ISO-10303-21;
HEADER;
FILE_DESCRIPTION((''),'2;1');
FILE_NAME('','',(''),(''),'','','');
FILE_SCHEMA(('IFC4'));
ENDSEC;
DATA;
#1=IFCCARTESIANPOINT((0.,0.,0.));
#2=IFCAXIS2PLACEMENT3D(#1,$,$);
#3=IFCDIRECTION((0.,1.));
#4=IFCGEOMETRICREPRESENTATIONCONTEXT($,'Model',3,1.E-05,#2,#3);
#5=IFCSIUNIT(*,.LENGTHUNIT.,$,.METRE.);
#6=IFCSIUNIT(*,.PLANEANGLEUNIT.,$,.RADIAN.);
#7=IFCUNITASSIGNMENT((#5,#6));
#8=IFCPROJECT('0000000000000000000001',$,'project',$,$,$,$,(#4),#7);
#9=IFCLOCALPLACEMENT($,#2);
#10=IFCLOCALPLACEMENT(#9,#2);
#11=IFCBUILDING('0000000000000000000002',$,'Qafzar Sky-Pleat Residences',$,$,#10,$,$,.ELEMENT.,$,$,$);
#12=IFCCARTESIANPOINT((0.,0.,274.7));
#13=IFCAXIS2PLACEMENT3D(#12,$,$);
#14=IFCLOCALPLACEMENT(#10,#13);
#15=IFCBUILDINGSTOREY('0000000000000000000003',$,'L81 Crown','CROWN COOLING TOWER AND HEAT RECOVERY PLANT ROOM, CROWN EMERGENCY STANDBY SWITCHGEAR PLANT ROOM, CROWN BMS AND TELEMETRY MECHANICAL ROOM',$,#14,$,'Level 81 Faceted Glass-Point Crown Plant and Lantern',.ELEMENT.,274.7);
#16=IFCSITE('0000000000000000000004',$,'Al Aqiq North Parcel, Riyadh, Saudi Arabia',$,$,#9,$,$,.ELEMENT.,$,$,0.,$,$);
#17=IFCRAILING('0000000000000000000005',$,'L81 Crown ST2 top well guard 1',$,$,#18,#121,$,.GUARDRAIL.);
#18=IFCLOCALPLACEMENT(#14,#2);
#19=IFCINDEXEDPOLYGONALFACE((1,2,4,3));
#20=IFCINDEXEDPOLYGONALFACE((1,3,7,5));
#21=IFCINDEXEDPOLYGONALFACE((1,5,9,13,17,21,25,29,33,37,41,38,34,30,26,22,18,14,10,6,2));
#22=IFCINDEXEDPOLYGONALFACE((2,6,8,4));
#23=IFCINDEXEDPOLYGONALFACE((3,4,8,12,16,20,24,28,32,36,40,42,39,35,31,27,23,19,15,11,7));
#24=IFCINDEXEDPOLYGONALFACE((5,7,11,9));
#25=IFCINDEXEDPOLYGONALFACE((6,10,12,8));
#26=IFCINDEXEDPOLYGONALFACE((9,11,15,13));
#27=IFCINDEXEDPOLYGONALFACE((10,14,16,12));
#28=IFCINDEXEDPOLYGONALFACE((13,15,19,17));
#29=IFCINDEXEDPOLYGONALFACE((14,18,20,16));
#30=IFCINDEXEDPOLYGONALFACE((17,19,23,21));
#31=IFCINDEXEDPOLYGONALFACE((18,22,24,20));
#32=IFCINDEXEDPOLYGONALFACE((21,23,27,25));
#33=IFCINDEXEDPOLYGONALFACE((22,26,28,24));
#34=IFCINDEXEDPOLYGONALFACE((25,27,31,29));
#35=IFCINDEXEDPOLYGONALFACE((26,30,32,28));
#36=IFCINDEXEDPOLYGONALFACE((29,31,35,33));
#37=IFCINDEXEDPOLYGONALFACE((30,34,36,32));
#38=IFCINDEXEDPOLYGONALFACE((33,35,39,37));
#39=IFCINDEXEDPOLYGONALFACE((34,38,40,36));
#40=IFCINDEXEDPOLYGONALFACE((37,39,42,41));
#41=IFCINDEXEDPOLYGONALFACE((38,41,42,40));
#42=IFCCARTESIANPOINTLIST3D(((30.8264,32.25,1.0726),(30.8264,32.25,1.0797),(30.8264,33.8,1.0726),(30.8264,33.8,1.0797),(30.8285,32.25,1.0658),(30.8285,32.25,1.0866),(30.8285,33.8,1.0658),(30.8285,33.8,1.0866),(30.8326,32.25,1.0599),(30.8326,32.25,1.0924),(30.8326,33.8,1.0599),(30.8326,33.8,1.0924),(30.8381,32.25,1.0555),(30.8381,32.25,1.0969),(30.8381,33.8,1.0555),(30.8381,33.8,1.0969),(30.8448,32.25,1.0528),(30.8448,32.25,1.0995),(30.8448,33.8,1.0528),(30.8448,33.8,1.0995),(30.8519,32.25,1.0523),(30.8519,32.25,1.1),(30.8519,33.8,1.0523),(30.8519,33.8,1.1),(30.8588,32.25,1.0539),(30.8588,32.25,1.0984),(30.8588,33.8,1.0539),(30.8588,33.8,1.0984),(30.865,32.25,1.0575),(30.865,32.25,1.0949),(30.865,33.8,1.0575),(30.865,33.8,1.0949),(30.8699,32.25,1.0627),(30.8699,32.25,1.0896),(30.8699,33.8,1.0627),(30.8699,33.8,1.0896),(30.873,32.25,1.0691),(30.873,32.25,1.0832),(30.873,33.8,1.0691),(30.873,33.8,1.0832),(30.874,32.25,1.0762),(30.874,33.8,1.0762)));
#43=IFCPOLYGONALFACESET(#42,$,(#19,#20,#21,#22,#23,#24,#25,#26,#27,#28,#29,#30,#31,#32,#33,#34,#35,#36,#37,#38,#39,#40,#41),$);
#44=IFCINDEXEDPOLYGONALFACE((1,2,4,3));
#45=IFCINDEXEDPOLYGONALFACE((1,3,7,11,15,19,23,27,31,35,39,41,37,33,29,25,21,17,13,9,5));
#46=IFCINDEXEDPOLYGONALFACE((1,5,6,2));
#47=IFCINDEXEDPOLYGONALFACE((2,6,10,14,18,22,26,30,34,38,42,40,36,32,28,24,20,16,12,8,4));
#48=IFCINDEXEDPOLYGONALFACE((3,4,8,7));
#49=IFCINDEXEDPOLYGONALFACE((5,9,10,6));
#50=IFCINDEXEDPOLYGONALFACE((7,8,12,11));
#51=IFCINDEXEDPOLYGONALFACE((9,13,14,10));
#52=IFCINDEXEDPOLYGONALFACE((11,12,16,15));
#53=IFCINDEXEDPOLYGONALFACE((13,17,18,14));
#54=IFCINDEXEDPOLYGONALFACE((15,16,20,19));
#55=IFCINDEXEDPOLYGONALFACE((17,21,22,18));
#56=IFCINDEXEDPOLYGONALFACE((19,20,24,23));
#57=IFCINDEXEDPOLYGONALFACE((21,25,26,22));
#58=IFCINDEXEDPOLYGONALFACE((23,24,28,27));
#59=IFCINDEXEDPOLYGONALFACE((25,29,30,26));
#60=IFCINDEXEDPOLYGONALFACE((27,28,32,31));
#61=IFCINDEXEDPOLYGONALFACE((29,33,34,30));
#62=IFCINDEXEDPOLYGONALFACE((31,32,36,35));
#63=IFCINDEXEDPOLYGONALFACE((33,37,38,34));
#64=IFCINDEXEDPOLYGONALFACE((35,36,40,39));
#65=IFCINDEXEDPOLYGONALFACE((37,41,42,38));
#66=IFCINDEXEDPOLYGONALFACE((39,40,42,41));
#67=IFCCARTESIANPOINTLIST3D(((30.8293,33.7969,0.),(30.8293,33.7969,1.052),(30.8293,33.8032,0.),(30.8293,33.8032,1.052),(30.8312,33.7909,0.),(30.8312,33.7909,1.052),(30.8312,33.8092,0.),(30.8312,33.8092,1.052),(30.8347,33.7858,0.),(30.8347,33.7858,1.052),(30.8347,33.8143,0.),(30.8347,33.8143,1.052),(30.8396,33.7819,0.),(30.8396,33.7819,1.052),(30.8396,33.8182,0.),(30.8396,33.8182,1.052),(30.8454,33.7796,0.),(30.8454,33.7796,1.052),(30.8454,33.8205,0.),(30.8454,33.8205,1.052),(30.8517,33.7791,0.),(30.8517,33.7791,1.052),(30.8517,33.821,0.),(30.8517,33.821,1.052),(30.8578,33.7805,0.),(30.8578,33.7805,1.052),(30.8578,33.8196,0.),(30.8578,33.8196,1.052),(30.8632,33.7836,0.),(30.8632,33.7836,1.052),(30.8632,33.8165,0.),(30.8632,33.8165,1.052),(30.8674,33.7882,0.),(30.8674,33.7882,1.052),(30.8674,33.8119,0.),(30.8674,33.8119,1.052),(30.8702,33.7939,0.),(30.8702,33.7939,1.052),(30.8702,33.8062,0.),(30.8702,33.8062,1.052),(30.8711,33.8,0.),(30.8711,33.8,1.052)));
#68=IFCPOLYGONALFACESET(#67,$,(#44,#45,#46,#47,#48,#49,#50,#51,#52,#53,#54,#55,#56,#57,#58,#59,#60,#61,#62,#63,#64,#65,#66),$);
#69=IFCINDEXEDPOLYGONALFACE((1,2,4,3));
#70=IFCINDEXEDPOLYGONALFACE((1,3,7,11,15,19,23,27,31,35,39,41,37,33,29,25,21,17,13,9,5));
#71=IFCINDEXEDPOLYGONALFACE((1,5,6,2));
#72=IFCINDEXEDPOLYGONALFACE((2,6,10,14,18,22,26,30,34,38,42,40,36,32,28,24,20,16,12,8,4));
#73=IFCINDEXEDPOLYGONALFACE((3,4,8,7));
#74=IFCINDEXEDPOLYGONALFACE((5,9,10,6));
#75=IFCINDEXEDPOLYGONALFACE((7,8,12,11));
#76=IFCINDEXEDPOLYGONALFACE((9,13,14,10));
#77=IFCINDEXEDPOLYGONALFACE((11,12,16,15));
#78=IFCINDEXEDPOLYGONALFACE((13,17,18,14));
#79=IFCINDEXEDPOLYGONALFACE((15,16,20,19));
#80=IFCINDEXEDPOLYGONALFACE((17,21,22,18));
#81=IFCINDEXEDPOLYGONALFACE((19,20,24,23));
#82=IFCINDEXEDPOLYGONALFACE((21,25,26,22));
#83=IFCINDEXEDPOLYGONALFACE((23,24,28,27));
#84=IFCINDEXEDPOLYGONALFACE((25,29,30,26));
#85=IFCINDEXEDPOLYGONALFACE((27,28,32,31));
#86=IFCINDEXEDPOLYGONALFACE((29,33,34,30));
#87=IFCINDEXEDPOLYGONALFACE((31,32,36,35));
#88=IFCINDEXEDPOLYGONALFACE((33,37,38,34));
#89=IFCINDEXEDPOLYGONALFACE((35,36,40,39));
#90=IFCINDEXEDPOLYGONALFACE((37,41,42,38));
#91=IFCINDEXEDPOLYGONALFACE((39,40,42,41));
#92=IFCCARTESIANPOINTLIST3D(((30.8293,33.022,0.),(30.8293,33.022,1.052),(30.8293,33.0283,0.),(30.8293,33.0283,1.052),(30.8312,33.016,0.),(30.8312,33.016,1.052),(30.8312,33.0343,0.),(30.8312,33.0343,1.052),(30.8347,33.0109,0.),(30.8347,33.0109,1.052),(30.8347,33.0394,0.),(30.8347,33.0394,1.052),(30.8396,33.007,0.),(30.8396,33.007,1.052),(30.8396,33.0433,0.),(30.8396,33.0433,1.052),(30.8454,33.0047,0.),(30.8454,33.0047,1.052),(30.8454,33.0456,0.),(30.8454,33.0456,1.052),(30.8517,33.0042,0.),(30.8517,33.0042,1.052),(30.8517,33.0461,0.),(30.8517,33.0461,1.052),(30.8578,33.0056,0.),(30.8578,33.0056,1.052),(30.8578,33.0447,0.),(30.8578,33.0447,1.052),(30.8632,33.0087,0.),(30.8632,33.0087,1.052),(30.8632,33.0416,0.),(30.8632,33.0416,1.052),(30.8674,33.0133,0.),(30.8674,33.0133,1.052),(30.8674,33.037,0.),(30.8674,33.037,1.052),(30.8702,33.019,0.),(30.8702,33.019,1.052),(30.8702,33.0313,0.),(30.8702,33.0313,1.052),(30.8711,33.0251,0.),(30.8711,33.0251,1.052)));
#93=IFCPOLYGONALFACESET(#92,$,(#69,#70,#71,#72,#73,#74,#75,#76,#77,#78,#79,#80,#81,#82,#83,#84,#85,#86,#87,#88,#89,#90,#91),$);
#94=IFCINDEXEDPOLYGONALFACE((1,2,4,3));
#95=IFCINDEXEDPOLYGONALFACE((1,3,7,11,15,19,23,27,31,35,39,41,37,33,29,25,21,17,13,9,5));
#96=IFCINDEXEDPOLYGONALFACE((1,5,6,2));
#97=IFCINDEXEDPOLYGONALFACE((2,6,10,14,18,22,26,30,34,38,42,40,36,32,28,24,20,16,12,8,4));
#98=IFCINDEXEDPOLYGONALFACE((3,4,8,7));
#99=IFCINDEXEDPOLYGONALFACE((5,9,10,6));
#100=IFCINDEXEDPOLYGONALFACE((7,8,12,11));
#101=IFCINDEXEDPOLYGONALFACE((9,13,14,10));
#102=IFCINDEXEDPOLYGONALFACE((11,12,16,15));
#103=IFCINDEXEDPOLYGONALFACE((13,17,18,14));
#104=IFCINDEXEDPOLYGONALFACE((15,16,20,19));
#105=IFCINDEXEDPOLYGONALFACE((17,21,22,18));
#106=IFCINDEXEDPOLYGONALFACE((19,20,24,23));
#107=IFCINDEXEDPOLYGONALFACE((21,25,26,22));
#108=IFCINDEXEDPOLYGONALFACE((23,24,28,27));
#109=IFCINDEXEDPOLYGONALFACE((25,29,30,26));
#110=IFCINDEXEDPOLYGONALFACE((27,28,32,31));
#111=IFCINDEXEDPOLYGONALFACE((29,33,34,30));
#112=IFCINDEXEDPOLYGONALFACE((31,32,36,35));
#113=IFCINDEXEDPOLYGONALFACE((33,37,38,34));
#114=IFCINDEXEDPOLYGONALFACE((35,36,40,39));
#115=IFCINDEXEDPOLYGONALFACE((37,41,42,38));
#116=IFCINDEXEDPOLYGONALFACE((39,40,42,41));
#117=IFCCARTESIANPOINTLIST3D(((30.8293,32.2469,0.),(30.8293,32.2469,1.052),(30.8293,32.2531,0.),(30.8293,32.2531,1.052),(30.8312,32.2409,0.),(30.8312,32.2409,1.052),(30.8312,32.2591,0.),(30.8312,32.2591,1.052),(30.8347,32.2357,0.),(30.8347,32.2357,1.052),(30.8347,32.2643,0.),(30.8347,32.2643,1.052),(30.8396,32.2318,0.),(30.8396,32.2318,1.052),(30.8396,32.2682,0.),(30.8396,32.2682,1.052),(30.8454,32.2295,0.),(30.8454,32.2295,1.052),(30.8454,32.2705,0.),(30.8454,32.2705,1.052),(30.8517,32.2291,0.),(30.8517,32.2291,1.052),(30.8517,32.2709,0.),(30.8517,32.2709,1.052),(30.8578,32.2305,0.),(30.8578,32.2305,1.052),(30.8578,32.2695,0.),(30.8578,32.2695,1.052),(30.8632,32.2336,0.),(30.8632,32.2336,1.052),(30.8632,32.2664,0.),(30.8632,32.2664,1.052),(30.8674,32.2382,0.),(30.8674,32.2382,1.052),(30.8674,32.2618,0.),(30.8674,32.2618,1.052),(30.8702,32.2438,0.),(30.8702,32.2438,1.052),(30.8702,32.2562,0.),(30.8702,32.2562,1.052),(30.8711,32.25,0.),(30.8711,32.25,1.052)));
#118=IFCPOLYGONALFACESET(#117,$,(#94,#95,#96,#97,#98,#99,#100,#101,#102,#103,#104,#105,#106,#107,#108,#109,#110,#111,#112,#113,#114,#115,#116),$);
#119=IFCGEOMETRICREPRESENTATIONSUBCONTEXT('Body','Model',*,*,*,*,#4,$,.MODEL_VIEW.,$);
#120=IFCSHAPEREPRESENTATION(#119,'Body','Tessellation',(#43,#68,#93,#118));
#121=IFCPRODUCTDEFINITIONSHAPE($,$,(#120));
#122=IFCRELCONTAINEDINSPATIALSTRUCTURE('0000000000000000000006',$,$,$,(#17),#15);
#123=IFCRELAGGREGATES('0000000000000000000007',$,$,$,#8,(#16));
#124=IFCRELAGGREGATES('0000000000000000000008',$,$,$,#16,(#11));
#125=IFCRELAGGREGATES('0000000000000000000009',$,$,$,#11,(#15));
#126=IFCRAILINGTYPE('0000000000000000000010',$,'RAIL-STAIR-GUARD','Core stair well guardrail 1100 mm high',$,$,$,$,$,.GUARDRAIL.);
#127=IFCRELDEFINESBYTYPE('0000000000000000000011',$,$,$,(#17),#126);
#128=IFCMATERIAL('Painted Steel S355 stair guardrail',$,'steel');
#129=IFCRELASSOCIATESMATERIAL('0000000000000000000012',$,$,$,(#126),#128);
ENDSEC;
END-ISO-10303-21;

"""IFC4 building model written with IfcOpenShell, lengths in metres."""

from ifc_helpers import new_model, si_unit, direction, frame, origin, origin_2d, place, context, subcontext, project, spatial, circle, extrude, source, transform, mapped, material, type_object, element, save


model = new_model("IFC4")

# Units and contexts
model_context = context("Model", 3, precision=1e-05, world=origin(), true_north=direction((0.0, 1.0)))
body_context = subcontext(model_context, "Body", "Model", "MODEL_VIEW")
ifc_project = project(units=[si_unit("LENGTHUNIT", "METRE"), si_unit("PLANEANGLEUNIT", "RADIAN")], contexts=[model_context])

# Site, building, storey
site_placement = place(None, origin())
site = spatial("IfcSite", under=ifc_project, at=site_placement, Name="Al Aqiq North Parcel, Riyadh, Saudi Arabia", CompositionType="ELEMENT", RefElevation=0.0)
building_placement = place(site_placement, origin())
building = spatial("IfcBuilding", under=site, at=building_placement, Name="Qafzar Sky-Pleat Residences", CompositionType="ELEMENT")
storey_placement = place(building_placement, frame((0.0, 0.0, 274.7)))
storey = spatial("IfcBuildingStorey", under=building, at=storey_placement, Name="L81 Crown", Description="CROWN COOLING TOWER AND HEAT RECOVERY PLANT ROOM, CROWN EMERGENCY STANDBY SWITCHGEAR PLANT ROOM, CROWN BMS AND TELEMETRY MECHANICAL ROOM", LongName="Level 81 Faceted Glass-Point Crown Plant and Lantern", CompositionType="ELEMENT", Elevation=274.7)

# Railing
ifc_material_1 = material(Name="Painted Steel S355 stair guardrail", Category="steel")
railing_type_1 = type_object("IfcRailingType", Name="RAIL-STAIR-GUARD", Description="Core stair well guardrail 1100 mm high", PredefinedType="GUARDRAIL", material=ifc_material_1)
shared_shape_1 = source(origin(), body_context, "Body", "SweptSolid", [
    extrude(circle(Radius=0.0239, at=origin_2d()), frame((0.0, 0.0, 1.0762), z_axis=(0.0, -1.0, 0.0), x_axis=(1.0, 0.0, 0.0)), (0.0, 0.0, 1.0), 1.55),
    extrude(circle(Radius=0.021, at=origin_2d()), origin(), (0.0, 0.0, 1.0), 1.052),
    extrude(circle(Radius=0.021, at=origin_2d()), frame((0.0, -0.7749, 0.0)), (0.0, 0.0, 1.0), 1.052),
    extrude(circle(Radius=0.021, at=origin_2d()), frame((0.0, -1.55, 0.0)), (0.0, 0.0, 1.0), 1.052),
])
railing_1_placement = place(storey_placement, frame((30.8501, 33.8, 0.0)))
element("IfcRailing", 1, at=railing_1_placement, inside=storey, type_object=railing_type_1, Name="L81 Crown ST2 top well guard 1", PredefinedType="GUARDRAIL", context=body_context, shape_type="MappedRepresentation", body=[
    mapped(shared_shape_1, transform((0.0, 0.0, 0.0), x_axis=(1.0, 0.0, 0.0), y_axis=(0.0, 1.0, 0.0), z_axis=(0.0, 0.0, 1.0), scale=1.0)),
])

save(model, "model.ifc")
